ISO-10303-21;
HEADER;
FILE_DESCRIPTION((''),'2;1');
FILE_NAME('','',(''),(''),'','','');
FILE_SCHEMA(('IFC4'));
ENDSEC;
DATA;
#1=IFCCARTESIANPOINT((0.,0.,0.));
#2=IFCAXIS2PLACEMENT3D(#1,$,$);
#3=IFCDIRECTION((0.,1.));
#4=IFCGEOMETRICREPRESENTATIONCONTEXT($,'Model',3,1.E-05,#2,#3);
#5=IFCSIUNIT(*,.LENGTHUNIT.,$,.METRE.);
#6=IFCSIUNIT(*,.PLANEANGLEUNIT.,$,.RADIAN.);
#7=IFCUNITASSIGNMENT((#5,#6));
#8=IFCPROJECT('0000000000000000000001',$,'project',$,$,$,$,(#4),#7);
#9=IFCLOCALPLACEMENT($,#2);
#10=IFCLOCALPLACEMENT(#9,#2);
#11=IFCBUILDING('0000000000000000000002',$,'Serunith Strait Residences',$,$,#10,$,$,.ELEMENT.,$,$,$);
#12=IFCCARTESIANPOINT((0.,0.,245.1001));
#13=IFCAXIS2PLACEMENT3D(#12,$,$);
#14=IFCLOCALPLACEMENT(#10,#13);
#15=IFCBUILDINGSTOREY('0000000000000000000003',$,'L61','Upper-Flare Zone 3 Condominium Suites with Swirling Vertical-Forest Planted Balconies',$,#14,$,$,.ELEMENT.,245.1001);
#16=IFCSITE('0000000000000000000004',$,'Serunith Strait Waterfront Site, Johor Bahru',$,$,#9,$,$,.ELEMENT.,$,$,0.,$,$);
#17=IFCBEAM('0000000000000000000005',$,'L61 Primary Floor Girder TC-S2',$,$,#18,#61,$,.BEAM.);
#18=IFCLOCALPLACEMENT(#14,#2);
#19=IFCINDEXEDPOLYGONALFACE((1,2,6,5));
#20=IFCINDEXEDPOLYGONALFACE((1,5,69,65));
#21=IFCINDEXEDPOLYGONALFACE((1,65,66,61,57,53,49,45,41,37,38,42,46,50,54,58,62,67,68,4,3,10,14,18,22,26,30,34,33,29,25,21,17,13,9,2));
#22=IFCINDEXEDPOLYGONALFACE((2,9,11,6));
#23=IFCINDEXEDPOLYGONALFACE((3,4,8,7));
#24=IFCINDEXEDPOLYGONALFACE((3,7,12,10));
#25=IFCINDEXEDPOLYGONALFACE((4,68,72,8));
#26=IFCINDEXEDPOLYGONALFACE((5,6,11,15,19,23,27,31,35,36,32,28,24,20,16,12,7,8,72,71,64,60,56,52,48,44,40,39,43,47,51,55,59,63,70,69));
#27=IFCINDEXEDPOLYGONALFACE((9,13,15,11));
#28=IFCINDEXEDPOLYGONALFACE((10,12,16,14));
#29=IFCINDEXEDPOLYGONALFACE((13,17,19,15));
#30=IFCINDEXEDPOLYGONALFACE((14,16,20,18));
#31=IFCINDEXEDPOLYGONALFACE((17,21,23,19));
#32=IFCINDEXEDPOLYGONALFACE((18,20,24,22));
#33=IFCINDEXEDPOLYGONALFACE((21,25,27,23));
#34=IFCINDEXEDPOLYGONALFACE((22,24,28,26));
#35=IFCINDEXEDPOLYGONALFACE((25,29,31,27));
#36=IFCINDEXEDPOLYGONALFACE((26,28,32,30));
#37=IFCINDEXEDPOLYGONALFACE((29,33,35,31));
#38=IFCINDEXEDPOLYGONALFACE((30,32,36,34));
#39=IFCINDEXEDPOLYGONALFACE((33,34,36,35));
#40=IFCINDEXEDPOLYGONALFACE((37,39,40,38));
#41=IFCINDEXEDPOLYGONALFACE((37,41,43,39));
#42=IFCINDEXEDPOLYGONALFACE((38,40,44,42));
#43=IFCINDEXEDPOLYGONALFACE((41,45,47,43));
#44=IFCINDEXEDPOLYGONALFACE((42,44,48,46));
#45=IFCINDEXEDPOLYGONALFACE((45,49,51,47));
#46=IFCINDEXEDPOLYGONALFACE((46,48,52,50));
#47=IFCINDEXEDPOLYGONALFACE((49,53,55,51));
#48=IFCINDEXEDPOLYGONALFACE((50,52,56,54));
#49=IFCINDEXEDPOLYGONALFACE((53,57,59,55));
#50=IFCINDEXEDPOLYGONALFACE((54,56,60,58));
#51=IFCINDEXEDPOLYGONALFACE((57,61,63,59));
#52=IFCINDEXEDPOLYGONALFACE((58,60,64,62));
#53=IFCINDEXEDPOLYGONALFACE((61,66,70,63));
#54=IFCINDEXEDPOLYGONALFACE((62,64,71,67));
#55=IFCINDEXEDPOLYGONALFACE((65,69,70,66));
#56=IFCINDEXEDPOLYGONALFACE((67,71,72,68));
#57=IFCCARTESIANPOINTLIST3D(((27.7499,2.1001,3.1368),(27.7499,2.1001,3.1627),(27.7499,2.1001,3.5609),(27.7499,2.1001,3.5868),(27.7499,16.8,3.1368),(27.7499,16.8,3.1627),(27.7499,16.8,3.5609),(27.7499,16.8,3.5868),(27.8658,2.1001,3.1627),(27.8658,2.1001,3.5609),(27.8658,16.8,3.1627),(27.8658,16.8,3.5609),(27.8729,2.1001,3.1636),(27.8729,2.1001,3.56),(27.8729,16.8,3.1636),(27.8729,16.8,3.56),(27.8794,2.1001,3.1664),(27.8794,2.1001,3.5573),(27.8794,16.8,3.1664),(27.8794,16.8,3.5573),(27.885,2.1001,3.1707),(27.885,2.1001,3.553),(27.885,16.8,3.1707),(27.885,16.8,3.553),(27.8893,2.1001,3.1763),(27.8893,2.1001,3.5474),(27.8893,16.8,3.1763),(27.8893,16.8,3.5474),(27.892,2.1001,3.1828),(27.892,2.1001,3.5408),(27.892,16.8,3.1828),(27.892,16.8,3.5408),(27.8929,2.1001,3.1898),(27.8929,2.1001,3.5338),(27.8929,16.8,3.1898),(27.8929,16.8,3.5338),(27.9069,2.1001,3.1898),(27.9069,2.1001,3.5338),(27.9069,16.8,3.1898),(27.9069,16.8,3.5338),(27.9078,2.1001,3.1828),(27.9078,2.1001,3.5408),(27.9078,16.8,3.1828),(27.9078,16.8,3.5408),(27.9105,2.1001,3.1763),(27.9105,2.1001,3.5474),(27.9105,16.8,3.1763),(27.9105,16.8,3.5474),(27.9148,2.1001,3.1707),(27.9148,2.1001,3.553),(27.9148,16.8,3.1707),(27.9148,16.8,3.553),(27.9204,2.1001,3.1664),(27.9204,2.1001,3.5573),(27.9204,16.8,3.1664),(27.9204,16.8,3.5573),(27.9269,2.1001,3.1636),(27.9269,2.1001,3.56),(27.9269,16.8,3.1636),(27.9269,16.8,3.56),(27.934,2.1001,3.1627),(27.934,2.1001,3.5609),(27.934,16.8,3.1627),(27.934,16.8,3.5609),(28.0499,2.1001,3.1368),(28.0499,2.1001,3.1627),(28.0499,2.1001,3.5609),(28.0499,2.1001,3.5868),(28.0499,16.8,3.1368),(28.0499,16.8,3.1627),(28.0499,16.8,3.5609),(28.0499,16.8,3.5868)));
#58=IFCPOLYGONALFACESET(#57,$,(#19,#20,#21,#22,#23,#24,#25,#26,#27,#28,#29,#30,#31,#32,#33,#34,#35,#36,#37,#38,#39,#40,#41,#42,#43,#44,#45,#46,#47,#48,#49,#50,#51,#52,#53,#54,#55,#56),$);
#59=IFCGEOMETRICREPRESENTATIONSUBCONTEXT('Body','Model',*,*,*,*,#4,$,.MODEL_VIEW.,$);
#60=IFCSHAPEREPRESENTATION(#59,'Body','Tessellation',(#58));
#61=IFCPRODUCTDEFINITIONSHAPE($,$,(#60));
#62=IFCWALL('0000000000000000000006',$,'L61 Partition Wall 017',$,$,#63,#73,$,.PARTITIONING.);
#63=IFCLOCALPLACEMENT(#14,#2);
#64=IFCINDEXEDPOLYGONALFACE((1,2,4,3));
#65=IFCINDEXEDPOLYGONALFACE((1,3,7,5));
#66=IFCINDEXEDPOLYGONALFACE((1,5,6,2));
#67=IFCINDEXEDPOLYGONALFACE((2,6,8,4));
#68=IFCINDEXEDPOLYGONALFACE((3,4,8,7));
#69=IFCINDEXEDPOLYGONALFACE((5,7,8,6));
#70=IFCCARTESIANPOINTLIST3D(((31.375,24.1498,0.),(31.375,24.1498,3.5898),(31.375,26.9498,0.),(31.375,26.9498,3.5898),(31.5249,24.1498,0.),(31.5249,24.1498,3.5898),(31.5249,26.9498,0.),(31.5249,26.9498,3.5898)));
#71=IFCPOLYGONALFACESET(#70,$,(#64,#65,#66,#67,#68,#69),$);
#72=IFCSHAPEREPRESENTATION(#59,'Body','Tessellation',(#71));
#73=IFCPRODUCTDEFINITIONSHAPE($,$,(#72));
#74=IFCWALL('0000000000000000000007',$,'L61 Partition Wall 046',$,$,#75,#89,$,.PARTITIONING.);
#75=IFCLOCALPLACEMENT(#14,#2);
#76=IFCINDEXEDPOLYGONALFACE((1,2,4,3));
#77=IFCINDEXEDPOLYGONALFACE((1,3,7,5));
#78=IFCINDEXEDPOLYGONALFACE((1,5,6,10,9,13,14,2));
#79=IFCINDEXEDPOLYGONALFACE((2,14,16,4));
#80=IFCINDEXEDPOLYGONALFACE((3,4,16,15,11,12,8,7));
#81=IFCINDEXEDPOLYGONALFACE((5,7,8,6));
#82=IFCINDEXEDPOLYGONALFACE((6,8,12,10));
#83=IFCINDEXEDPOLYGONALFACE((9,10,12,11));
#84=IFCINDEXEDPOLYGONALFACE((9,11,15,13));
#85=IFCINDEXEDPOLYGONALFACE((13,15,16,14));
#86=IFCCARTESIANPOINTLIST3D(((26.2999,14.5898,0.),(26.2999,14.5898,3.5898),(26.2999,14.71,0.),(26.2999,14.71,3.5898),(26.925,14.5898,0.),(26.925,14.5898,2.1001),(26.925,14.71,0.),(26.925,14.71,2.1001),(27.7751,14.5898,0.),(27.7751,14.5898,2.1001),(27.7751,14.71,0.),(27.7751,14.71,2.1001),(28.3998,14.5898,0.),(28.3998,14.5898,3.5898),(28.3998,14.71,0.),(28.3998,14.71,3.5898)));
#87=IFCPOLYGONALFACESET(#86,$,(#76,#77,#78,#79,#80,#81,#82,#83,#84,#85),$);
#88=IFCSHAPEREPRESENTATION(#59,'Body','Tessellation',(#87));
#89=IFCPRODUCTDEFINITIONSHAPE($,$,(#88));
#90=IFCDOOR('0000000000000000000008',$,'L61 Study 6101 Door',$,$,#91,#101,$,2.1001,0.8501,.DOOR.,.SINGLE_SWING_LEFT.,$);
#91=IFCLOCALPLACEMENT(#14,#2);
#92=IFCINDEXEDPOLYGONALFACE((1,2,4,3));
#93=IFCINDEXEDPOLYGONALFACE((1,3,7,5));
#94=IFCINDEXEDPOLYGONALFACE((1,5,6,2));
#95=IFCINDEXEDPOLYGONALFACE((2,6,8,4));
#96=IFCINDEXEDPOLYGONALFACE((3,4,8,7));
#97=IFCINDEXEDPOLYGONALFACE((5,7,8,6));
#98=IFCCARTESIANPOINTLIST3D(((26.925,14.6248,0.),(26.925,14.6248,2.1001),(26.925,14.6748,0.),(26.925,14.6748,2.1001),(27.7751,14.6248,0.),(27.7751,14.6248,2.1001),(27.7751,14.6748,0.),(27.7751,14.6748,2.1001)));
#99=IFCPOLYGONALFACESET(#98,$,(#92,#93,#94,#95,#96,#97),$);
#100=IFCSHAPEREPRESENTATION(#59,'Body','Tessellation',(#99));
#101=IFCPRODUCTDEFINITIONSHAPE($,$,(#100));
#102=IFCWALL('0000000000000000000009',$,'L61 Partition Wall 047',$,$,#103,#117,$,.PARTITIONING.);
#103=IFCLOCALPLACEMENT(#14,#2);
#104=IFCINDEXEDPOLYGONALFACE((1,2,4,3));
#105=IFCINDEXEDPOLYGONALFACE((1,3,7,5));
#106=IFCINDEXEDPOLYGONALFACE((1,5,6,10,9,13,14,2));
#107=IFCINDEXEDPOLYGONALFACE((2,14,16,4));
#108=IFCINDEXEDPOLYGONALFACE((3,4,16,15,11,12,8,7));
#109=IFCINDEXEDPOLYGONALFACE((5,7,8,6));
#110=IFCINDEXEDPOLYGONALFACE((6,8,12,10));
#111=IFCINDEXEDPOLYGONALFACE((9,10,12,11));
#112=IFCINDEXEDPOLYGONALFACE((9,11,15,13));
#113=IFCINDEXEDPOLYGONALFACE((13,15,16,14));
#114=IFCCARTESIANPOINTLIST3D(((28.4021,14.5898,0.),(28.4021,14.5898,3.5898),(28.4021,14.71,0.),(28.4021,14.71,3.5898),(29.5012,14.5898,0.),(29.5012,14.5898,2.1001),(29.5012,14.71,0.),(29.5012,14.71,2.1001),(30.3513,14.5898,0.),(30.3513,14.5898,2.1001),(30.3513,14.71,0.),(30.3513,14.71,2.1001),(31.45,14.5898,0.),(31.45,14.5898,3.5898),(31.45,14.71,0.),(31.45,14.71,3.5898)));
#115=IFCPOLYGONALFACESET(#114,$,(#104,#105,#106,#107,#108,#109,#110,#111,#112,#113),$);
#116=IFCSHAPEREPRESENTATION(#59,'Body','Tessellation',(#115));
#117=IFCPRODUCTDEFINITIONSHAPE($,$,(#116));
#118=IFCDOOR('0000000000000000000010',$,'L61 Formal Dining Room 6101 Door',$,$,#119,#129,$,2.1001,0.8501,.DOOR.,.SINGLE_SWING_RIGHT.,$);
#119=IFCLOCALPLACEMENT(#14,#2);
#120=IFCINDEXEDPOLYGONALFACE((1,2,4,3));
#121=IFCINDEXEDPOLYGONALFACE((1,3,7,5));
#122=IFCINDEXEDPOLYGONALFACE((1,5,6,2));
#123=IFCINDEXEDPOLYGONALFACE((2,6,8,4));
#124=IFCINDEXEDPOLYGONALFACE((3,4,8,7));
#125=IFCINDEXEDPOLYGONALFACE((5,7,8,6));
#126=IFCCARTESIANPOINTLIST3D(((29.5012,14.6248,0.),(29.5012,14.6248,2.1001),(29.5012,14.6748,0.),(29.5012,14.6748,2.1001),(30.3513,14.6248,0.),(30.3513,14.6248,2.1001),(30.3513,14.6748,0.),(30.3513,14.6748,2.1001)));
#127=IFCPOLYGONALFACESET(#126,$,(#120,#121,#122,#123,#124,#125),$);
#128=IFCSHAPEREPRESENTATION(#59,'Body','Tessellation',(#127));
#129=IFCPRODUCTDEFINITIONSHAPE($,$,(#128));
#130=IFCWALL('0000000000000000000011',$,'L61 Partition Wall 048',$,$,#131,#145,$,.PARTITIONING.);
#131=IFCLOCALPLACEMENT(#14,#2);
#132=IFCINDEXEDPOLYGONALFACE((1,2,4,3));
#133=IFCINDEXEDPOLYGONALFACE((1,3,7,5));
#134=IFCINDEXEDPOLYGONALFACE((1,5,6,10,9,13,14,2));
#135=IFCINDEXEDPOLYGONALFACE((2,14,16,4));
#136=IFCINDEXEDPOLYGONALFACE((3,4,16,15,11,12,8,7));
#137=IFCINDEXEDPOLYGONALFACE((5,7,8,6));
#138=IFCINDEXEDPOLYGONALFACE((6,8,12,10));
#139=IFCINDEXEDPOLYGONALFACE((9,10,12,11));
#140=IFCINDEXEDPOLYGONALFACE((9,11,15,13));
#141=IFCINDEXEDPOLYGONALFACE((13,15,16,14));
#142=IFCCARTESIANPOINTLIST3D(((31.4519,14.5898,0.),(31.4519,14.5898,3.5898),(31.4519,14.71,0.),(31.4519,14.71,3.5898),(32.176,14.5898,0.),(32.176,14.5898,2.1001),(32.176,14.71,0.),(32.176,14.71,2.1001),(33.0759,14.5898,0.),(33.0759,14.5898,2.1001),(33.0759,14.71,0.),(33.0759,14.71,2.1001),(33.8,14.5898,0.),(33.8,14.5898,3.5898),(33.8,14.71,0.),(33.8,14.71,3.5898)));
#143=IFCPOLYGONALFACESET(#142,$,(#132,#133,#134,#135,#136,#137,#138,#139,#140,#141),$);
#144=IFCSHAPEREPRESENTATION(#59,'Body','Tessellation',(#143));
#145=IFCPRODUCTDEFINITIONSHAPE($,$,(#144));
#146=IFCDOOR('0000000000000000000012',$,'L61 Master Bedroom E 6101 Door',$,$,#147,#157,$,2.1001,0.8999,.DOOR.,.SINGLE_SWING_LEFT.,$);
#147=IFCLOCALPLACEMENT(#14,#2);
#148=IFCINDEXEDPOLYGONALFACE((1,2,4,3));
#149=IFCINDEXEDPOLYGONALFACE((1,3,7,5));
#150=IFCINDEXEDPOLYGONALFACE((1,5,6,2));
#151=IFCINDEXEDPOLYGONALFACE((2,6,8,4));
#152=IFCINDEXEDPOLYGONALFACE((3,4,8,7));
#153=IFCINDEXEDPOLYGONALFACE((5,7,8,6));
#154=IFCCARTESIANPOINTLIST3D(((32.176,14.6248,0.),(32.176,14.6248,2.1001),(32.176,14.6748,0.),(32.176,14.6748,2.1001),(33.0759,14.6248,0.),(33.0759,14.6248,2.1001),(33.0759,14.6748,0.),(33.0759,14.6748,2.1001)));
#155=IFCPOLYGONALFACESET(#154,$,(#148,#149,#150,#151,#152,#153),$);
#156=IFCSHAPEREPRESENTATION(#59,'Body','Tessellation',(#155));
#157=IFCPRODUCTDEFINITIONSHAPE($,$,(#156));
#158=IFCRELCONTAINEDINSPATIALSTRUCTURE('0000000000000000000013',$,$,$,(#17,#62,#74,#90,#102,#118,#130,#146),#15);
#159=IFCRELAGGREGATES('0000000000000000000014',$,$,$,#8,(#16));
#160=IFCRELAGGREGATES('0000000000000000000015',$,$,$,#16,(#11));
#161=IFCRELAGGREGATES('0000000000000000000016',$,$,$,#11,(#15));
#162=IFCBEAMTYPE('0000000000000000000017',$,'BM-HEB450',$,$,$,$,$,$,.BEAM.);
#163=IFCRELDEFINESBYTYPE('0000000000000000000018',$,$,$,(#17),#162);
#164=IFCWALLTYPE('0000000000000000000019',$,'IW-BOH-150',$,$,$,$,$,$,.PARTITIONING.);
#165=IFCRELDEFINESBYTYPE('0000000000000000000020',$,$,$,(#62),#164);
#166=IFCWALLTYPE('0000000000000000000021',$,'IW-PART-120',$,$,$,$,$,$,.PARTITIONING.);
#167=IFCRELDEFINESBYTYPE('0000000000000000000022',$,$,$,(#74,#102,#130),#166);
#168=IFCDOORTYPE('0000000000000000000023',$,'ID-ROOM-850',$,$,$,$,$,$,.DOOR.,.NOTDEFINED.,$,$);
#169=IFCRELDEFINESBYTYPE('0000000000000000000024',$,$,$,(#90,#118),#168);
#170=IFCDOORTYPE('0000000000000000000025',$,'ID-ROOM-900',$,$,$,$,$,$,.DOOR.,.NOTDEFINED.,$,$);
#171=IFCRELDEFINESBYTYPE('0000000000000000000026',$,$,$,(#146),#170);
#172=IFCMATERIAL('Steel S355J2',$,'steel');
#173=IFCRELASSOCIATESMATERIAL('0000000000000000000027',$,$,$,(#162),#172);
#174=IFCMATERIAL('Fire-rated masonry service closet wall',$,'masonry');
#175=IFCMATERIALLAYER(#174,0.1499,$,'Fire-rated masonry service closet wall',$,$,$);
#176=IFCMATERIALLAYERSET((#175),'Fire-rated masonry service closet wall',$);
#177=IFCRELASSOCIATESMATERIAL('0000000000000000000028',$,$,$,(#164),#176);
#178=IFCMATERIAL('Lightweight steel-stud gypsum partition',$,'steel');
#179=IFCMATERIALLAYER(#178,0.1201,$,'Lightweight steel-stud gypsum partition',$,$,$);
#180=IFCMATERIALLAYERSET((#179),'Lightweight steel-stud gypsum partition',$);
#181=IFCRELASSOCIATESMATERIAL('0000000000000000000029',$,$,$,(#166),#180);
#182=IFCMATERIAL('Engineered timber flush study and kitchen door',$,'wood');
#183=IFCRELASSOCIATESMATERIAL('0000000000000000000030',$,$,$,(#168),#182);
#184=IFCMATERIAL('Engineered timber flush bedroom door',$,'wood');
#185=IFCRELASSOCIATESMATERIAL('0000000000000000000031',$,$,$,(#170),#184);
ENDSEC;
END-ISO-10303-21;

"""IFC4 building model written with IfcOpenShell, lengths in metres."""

from ifc_helpers import new_model, si_unit, direction, frame, frame_2d, origin, origin_2d, place, context, subcontext, project, spatial, rectangle, i_section, extrude, source, transform, mapped, material, layer, layer_set, material_profile, profile_set, type_object, element, fill, save


model = new_model("IFC4")

# Units and contexts
model_context = context("Model", 3, precision=1e-05, world=origin(), true_north=direction((0.0, 1.0)))
body_context = subcontext(model_context, "Body", "Model", "MODEL_VIEW")
ifc_project = project(units=[si_unit("LENGTHUNIT", "METRE"), si_unit("PLANEANGLEUNIT", "RADIAN")], contexts=[model_context])

# Site, building, storey
site_placement = place(None, origin())
site = spatial("IfcSite", under=ifc_project, at=site_placement, Name="Serunith Strait Waterfront Site, Johor Bahru", CompositionType="ELEMENT", RefElevation=0.0)
building_placement = place(site_placement, origin())
building = spatial("IfcBuilding", under=site, at=building_placement, Name="Serunith Strait Residences", CompositionType="ELEMENT")
storey_placement = place(building_placement, frame((0.0, 0.0, 245.1001)))
storey = spatial("IfcBuildingStorey", under=building, at=storey_placement, Name="L61", Description="Upper-Flare Zone 3 Condominium Suites with Swirling Vertical-Forest Planted Balconies", CompositionType="ELEMENT", Elevation=245.1001)

# Beam
ifc_material_1 = material(Name="Steel S355J2", Category="steel")
ifc_material_profile = material_profile(ifc_material_1, i_section(OverallWidth=0.3, OverallDepth=0.45, WebThickness=0.0139, FlangeThickness=0.0259, FilletRadius=0.0271, at=origin_2d()), Name="HEB 450")
ifc_profile_set = profile_set([ifc_material_profile], Name="Steel S355J2")
beam_type = type_object("IfcBeamType", Name="BM-HEB450", PredefinedType="BEAM", material=ifc_profile_set)
shared_shape_1 = source(origin(), body_context, "Body", "SweptSolid", [
    extrude(i_section(OverallWidth=0.3, OverallDepth=0.45, WebThickness=0.0139, FlangeThickness=0.0259, FilletRadius=0.0271, at=origin_2d()), origin(), (0.0, 0.0, 1.0), 14.7),
])
beam_placement = place(storey_placement, frame((27.8999, 16.8, 3.3618), z_axis=(0.0, -1.0, 0.0), x_axis=(1.0, 0.0, 0.0)))
element("IfcBeam", 1, at=beam_placement, inside=storey, type_object=beam_type, Name="L61 Primary Floor Girder TC-S2", PredefinedType="BEAM", context=body_context, shape_type="MappedRepresentation", body=[
    mapped(shared_shape_1, transform((0.0, 0.0, 0.0), scale=1.0)),
])

# Wall
ifc_material_2 = material(Name="Fire-rated masonry service closet wall", Category="masonry")
ifc_layer_1 = layer(ifc_material_2, 0.1499, Name="Fire-rated masonry service closet wall")
ifc_layer_set_1 = layer_set([ifc_layer_1], Name="Fire-rated masonry service closet wall")
wall_type_1 = type_object("IfcWallType", Name="IW-BOH-150", PredefinedType="PARTITIONING", material=ifc_layer_set_1)
wall_1_placement = place(storey_placement, frame((31.45, 24.1499, 0.0), z_axis=(0.0, 0.0, 1.0), x_axis=(0.0, 1.0, 0.0)))
element("IfcWall", 2, at=wall_1_placement, inside=storey, type_object=wall_type_1, Name="L61 Partition Wall 017", PredefinedType="PARTITIONING", context=body_context, shape_type="SweptSolid", body=[
    extrude(rectangle(XDim=2.8, YDim=0.1499, at=frame_2d((1.3999, 0.0))), origin(), (0.0, 0.0, 1.0), 3.5898),
])

# Walls, openings, doors
ifc_material_3 = material(Name="Lightweight steel-stud gypsum partition", Category="steel")
ifc_layer_2 = layer(ifc_material_3, 0.1201, Name="Lightweight steel-stud gypsum partition")
ifc_layer_set_2 = layer_set([ifc_layer_2], Name="Lightweight steel-stud gypsum partition")
wall_type_2 = type_object("IfcWallType", Name="IW-PART-120", PredefinedType="PARTITIONING", material=ifc_layer_set_2)
wall_2_placement = place(storey_placement, frame((26.3, 14.6499, 0.0), z_axis=(0.0, 0.0, 1.0), x_axis=(1.0, 0.0, 0.0)))
wall_2 = element("IfcWall", 3, at=wall_2_placement, inside=storey, type_object=wall_type_2, Name="L61 Partition Wall 046", PredefinedType="PARTITIONING", context=body_context, shape_type="SweptSolid", body=[
    extrude(rectangle(XDim=2.0999, YDim=0.1201, at=frame_2d((1.0498, 0.0))), origin(), (0.0, 0.0, 1.0), 3.5898),
])
opening_1_placement = place(wall_2_placement, frame((0.625, 0.0, 0.0)))
opening_1 = element("IfcOpeningElement", 4, at=opening_1_placement, cuts=wall_2, PredefinedType="OPENING", context=body_context, shape_type="SweptSolid", body=[
    extrude(rectangle(XDim=0.8501, YDim=2.1001, at=frame_2d((0.425, 1.05))), frame((0.0, 0.0701, 0.0), z_axis=(0.0, -1.0, 0.0), x_axis=(1.0, 0.0, 0.0)), (0.0, 0.0, 1.0), 0.1401),
])
ifc_material_4 = material(Name="Engineered timber flush study and kitchen door", Category="wood")
door_type_1 = type_object("IfcDoorType", Name="ID-ROOM-850", OperationType="NOTDEFINED", PredefinedType="DOOR", material=ifc_material_4)
shared_shape_2 = source(origin(), body_context, "Body", "SweptSolid", [
    extrude(rectangle(XDim=0.8501, YDim=2.1001, at=frame_2d((0.425, 1.05))), frame((0.0, 0.0249, 0.0), z_axis=(0.0, -1.0, 0.0), x_axis=(1.0, 0.0, 0.0)), (0.0, 0.0, 1.0), 0.05),
])
door_1_placement = place(opening_1_placement, origin())
door_1 = element("IfcDoor", 5, at=door_1_placement, inside=storey, type_object=door_type_1, Name="L61 Study 6101 Door", OperationType="SINGLE_SWING_LEFT", OverallHeight=2.1001, OverallWidth=0.8501, PredefinedType="DOOR", context=body_context, shape_type="MappedRepresentation", body=[
    mapped(shared_shape_2, transform((0.0, 0.0, 0.0), scale=1.0)),
])
fill(opening_1, door_1)
wall_3_placement = place(storey_placement, frame((28.4021, 14.6499, 0.0), z_axis=(0.0, 0.0, 1.0), x_axis=(1.0, 0.0, 0.0)))
wall_3 = element("IfcWall", 6, at=wall_3_placement, inside=storey, type_object=wall_type_2, Name="L61 Partition Wall 047", PredefinedType="PARTITIONING", context=body_context, shape_type="SweptSolid", body=[
    extrude(rectangle(XDim=3.0479, YDim=0.1201, at=frame_2d((1.5239, 0.0))), origin(), (0.0, 0.0, 1.0), 3.5898),
])
opening_2_placement = place(wall_3_placement, frame((1.0991, 0.0, 0.0)))
opening_2 = element("IfcOpeningElement", 7, at=opening_2_placement, cuts=wall_3, PredefinedType="OPENING", context=body_context, shape_type="SweptSolid", body=[
    extrude(rectangle(XDim=0.8501, YDim=2.1001, at=frame_2d((0.425, 1.05))), frame((0.0, 0.0701, 0.0), z_axis=(0.0, -1.0, 0.0), x_axis=(1.0, 0.0, 0.0)), (0.0, 0.0, 1.0), 0.1401),
])
door_2_placement = place(opening_2_placement, origin())
door_2 = element("IfcDoor", 8, at=door_2_placement, inside=storey, type_object=door_type_1, Name="L61 Formal Dining Room 6101 Door", OperationType="SINGLE_SWING_RIGHT", OverallHeight=2.1001, OverallWidth=0.8501, PredefinedType="DOOR", context=body_context, shape_type="MappedRepresentation", body=[
    mapped(shared_shape_2, transform((0.0, 0.0, 0.0), scale=1.0)),
])
fill(opening_2, door_2)
wall_4_placement = place(storey_placement, frame((31.4519, 14.6499, 0.0), z_axis=(0.0, 0.0, 1.0), x_axis=(1.0, 0.0, 0.0)))
wall_4 = element("IfcWall", 9, at=wall_4_placement, inside=storey, type_object=wall_type_2, Name="L61 Partition Wall 048", PredefinedType="PARTITIONING", context=body_context, shape_type="SweptSolid", body=[
    extrude(rectangle(XDim=2.3481, YDim=0.1201, at=frame_2d((1.1741, 0.0))), origin(), (0.0, 0.0, 1.0), 3.5898),
])
opening_3_placement = place(wall_4_placement, frame((0.7241, 0.0, 0.0)))
opening_3 = element("IfcOpeningElement", 10, at=opening_3_placement, cuts=wall_4, PredefinedType="OPENING", context=body_context, shape_type="SweptSolid", body=[
    extrude(rectangle(XDim=0.8999, YDim=2.1001, at=frame_2d((0.45, 1.05))), frame((0.0, 0.0701, 0.0), z_axis=(0.0, -1.0, 0.0), x_axis=(1.0, 0.0, 0.0)), (0.0, 0.0, 1.0), 0.1401),
])
ifc_material_5 = material(Name="Engineered timber flush bedroom door", Category="wood")
door_type_2 = type_object("IfcDoorType", Name="ID-ROOM-900", OperationType="NOTDEFINED", PredefinedType="DOOR", material=ifc_material_5)
shared_shape_3 = source(origin(), body_context, "Body", "SweptSolid", [
    extrude(rectangle(XDim=0.8999, YDim=2.1001, at=frame_2d((0.45, 1.05))), frame((0.0, 0.0249, 0.0), z_axis=(0.0, -1.0, 0.0), x_axis=(1.0, 0.0, 0.0)), (0.0, 0.0, 1.0), 0.05),
])
door_3_placement = place(opening_3_placement, origin())
door_3 = element("IfcDoor", 11, at=door_3_placement, inside=storey, type_object=door_type_2, Name="L61 Master Bedroom E 6101 Door", OperationType="SINGLE_SWING_LEFT", OverallHeight=2.1001, OverallWidth=0.8999, PredefinedType="DOOR", context=body_context, shape_type="MappedRepresentation", body=[
    mapped(shared_shape_3, transform((0.0, 0.0, 0.0), scale=1.0)),
])
fill(opening_3, door_3)

save(model, "model.ifc")
